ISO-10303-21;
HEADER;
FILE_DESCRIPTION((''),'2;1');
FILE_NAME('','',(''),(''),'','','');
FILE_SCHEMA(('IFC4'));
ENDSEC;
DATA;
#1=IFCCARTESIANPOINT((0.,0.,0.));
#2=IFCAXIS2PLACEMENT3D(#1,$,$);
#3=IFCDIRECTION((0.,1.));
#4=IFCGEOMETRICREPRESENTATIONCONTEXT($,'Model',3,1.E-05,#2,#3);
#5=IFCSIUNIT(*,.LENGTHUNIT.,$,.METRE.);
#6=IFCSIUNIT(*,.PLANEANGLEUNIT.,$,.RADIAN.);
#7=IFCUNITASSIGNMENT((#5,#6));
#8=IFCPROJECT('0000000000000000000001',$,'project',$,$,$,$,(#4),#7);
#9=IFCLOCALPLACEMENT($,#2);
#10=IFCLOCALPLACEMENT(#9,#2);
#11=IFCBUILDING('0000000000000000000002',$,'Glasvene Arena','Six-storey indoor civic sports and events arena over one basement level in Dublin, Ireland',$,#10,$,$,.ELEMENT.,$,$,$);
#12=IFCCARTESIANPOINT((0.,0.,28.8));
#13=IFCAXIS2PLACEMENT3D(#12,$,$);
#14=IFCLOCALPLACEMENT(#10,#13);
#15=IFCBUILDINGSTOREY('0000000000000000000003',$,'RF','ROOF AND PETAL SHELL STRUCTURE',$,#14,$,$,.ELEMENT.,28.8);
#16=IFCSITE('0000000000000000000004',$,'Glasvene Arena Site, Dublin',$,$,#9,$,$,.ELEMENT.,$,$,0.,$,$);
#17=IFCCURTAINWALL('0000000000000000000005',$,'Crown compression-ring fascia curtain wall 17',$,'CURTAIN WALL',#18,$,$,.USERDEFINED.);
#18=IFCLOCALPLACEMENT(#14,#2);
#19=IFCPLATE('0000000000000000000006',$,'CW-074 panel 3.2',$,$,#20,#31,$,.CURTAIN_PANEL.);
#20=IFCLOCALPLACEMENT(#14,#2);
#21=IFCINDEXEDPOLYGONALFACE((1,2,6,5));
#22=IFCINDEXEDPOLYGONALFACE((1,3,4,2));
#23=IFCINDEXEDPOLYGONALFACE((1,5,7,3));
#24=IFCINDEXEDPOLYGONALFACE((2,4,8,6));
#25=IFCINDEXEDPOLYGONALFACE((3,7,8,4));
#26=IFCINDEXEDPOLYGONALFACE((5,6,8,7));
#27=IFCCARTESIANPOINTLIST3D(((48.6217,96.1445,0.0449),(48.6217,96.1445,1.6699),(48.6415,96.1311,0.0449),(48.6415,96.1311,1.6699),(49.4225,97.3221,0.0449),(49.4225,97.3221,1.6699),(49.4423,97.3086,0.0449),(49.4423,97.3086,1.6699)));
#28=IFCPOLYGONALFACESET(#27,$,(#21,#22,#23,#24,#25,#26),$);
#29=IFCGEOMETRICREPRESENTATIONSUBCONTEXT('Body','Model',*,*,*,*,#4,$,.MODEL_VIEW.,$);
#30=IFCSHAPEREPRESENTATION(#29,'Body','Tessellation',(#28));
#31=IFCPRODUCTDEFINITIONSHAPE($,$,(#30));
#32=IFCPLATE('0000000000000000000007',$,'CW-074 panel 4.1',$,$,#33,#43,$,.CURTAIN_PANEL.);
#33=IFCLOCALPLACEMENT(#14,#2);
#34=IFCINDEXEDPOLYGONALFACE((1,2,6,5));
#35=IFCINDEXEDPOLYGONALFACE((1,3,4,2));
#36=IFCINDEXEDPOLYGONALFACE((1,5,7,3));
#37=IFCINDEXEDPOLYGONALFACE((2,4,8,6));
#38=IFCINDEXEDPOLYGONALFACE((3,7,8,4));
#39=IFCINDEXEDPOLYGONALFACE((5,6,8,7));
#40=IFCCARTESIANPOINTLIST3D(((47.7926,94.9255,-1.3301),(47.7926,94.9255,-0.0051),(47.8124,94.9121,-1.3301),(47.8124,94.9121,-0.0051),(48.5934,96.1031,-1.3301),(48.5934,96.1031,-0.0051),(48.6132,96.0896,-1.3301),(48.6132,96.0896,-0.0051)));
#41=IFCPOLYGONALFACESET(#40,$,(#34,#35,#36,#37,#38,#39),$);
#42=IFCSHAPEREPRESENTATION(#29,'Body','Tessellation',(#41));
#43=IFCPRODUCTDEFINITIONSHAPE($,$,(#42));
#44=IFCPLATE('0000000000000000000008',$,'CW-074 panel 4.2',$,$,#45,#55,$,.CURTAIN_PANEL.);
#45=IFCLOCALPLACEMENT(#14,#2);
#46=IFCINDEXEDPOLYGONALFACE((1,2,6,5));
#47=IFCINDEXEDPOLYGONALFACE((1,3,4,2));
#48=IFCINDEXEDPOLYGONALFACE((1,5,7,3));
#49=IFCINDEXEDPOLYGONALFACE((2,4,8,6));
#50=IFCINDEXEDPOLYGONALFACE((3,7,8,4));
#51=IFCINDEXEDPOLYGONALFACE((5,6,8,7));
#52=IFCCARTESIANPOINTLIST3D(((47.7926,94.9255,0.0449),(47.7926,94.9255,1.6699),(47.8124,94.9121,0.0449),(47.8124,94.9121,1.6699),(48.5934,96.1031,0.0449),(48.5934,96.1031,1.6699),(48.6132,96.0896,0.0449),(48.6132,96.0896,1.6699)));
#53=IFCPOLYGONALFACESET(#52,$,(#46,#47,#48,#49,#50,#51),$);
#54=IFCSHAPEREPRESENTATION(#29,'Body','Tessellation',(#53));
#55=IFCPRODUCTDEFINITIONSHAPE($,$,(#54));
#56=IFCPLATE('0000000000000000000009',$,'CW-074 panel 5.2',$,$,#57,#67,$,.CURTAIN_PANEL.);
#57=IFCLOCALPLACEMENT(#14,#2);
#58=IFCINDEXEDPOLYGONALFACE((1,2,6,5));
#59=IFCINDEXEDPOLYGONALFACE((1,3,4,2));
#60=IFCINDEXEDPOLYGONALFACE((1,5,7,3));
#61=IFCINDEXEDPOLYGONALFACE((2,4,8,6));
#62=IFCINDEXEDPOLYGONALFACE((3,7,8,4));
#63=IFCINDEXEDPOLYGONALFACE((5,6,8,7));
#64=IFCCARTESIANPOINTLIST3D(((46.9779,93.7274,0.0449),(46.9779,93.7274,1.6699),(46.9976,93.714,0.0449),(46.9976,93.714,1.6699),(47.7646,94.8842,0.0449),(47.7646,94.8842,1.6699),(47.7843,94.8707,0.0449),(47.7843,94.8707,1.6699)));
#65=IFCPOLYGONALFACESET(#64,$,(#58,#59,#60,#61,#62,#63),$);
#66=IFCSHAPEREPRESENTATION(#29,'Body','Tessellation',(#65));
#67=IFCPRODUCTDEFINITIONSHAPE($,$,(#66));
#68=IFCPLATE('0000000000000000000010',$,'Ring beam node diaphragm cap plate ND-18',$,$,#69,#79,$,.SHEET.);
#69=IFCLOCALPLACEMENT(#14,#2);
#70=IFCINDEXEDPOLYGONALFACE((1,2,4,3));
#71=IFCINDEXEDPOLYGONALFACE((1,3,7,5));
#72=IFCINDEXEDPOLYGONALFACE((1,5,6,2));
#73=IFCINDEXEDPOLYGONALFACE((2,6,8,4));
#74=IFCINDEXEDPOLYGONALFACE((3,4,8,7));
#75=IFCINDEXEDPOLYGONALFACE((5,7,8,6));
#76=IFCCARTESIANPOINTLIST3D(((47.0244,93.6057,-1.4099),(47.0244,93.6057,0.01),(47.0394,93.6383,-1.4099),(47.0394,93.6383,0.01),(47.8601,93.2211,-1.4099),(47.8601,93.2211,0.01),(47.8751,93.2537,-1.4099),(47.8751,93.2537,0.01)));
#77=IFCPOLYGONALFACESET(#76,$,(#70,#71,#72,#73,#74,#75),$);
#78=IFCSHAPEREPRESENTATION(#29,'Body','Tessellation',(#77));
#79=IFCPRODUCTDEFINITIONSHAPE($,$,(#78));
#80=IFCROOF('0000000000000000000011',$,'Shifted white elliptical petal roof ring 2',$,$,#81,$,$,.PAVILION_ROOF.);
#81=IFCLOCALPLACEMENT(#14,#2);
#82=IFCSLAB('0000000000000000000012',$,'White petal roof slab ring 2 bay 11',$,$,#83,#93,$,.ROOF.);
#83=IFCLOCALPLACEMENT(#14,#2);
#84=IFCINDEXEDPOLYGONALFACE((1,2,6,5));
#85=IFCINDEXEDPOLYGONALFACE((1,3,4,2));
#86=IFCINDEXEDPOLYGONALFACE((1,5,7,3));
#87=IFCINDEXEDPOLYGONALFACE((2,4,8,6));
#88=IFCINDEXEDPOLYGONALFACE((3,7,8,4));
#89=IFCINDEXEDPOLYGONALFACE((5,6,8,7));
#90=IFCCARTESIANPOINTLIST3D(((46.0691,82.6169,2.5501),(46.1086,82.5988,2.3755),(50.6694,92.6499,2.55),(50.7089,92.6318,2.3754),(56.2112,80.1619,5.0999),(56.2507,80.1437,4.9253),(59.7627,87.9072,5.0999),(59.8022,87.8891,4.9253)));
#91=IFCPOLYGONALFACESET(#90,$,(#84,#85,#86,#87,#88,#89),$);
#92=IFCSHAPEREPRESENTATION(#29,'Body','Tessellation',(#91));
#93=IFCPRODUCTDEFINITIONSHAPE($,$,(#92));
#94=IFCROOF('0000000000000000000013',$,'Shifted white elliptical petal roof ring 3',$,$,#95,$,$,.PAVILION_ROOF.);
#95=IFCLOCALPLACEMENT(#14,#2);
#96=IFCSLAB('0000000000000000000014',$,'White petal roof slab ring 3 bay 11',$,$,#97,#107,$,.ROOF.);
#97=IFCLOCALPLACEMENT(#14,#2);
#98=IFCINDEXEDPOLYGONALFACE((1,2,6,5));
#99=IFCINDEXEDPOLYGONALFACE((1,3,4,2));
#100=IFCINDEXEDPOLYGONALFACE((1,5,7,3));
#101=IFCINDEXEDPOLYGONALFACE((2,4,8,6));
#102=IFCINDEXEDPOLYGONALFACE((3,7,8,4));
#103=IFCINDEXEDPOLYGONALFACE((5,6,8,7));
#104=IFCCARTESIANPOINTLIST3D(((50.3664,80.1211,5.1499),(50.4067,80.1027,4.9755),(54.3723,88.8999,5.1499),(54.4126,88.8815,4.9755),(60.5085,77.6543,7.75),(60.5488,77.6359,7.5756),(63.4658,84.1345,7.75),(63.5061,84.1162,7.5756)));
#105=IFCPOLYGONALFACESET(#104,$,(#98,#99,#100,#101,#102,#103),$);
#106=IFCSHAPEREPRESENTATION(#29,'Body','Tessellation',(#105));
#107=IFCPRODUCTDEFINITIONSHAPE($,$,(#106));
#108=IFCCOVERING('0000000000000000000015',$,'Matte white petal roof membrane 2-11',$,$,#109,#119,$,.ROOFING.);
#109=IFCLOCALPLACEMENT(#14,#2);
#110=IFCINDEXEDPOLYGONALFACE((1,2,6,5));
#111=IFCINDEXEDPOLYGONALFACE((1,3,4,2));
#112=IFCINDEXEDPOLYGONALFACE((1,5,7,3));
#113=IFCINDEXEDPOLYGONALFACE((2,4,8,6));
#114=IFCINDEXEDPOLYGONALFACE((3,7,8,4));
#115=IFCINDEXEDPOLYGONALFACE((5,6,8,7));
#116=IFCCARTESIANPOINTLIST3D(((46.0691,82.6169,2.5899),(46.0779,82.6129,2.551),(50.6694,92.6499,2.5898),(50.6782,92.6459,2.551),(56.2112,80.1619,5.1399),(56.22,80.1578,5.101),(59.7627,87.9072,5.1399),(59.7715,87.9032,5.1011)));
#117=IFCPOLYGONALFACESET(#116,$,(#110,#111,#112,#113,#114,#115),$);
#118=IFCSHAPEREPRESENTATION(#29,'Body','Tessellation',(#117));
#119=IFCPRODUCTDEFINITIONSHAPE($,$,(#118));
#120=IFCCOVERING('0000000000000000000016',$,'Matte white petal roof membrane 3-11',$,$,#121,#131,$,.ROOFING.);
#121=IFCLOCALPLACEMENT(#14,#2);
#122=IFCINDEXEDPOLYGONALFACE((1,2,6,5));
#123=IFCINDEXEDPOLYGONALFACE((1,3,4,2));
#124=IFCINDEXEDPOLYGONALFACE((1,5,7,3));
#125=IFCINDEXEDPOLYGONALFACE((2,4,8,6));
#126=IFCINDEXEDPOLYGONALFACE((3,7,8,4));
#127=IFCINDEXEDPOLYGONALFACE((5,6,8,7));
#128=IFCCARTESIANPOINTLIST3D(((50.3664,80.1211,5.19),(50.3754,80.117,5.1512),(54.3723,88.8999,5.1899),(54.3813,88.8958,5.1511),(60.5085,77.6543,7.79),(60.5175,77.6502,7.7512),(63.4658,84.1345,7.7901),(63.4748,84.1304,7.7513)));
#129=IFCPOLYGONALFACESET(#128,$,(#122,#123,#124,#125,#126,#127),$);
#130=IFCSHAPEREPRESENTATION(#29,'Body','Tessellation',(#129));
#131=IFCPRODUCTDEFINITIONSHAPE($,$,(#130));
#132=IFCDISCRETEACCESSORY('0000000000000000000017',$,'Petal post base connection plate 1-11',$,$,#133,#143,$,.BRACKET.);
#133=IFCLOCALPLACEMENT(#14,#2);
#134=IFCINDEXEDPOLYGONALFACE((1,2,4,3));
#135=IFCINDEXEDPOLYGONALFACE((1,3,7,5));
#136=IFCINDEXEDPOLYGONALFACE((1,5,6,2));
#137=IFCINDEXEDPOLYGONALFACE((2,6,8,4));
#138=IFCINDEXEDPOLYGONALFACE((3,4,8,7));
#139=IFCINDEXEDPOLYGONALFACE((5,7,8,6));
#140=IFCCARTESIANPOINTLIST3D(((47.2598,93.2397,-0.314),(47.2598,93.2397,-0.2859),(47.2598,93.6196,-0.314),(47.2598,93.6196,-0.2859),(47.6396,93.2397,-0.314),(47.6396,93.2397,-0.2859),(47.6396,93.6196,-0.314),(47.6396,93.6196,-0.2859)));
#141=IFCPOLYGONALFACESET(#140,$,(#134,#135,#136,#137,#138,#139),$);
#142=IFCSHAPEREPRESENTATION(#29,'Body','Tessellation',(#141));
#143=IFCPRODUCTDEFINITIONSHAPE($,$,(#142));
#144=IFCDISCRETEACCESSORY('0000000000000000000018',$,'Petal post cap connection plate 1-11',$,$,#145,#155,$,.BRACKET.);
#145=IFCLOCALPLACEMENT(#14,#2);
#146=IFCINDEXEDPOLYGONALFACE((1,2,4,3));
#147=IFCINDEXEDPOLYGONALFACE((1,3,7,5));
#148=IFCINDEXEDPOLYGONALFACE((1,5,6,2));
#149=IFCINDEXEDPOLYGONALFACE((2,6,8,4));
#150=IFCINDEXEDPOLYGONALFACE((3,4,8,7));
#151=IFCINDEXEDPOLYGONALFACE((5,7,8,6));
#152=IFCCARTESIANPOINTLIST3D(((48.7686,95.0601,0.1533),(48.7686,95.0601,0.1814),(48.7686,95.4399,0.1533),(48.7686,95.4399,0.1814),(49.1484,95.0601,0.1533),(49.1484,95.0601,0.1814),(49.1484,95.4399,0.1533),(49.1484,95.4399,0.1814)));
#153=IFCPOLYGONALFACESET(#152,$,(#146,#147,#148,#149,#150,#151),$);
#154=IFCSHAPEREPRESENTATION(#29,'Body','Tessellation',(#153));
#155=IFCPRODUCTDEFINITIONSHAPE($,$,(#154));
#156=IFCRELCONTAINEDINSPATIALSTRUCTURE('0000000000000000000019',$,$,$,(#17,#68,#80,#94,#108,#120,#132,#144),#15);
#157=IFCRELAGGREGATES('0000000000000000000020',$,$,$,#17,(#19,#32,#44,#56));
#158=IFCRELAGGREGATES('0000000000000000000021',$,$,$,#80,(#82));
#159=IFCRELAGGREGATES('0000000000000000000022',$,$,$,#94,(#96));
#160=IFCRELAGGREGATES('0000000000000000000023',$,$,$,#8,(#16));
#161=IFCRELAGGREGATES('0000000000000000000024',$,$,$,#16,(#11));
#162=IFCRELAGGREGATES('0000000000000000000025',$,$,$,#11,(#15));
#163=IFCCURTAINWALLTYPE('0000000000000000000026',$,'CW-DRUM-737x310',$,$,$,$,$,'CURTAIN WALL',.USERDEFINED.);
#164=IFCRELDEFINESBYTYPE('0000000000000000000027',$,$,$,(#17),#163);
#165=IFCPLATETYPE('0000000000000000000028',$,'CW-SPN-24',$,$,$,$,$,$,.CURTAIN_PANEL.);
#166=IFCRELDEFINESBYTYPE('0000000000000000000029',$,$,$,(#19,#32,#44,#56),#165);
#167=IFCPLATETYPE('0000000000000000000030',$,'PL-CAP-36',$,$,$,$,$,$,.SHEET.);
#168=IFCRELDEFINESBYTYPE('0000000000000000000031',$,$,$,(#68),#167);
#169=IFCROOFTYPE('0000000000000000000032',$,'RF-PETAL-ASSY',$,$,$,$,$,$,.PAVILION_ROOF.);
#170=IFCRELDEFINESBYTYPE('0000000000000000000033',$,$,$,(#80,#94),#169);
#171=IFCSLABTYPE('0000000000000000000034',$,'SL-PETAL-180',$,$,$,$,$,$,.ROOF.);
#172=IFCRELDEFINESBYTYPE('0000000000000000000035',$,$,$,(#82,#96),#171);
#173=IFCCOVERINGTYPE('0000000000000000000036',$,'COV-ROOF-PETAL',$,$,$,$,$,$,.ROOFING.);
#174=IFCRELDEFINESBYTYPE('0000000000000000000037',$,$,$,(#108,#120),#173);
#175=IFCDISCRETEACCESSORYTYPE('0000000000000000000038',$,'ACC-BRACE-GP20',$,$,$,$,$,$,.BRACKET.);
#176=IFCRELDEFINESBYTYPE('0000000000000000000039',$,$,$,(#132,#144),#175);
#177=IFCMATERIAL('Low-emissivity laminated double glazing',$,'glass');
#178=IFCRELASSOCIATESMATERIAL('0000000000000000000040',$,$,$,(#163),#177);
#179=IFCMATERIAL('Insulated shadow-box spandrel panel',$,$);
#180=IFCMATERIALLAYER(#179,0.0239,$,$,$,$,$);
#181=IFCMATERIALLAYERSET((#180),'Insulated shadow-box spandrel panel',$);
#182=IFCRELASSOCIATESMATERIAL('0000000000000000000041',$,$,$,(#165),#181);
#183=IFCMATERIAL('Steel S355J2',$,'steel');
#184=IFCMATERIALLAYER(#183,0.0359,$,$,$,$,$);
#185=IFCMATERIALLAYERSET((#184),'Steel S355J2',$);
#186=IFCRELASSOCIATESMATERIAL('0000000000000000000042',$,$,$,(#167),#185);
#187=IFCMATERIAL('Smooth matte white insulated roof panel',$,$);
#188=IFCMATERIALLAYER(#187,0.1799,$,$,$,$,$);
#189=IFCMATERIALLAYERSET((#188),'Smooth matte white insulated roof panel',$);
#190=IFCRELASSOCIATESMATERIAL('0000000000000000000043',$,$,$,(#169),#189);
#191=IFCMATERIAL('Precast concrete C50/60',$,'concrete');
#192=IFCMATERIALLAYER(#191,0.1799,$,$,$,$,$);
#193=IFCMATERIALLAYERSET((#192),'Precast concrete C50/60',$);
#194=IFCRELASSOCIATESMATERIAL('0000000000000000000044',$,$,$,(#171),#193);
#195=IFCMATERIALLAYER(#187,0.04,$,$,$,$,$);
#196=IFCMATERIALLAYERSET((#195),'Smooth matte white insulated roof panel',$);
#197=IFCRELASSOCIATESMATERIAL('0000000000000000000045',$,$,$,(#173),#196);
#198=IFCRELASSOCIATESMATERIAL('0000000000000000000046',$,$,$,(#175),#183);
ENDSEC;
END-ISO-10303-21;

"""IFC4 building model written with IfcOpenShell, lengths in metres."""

from ifc_helpers import new_model, si_unit, direction, frame, origin, origin_2d, place, context, subcontext, project, spatial, polyline, rectangle, outline, extrude, material, layer, layer_set, type_object, element, aggregate, save


model = new_model("IFC4")

# Units and contexts
model_context = context("Model", 3, precision=1e-05, world=origin(), true_north=direction((0.0, 1.0)))
body_context = subcontext(model_context, "Body", "Model", "MODEL_VIEW")
ifc_project = project(units=[si_unit("LENGTHUNIT", "METRE"), si_unit("PLANEANGLEUNIT", "RADIAN")], contexts=[model_context])

# Site, building, storey
site_placement = place(None, origin())
site = spatial("IfcSite", under=ifc_project, at=site_placement, Name="Glasvene Arena Site, Dublin", CompositionType="ELEMENT", RefElevation=0.0)
building_placement = place(site_placement, origin())
building = spatial("IfcBuilding", under=site, at=building_placement, Name="Glasvene Arena", Description="Six-storey indoor civic sports and events arena over one basement level in Dublin, Ireland", CompositionType="ELEMENT")
storey_placement = place(building_placement, frame((0.0, 0.0, 28.8)))
storey = spatial("IfcBuildingStorey", under=building, at=storey_placement, Name="RF", Description="ROOF AND PETAL SHELL STRUCTURE", CompositionType="ELEMENT", Elevation=28.8)

# Shared definitions
ifc_material_1 = material(Name="Steel S355J2", Category="steel")

# Shared definitions
ifc_material_2 = material(Name="Low-emissivity laminated double glazing", Category="glass")

# Curtain wall
curtain_wall_type_1 = type_object("IfcCurtainWallType", Name="CW-DRUM-737x310", ElementType="CURTAIN WALL", PredefinedType="USERDEFINED", material=ifc_material_2)
curtain_wall_1_placement = place(storey_placement, frame((51.1042, 99.7737, 0.0)))
curtain_wall_1 = element("IfcCurtainWall", 1, at=curtain_wall_1_placement, inside=storey, type_object=curtain_wall_type_1, Name="Crown compression-ring fascia curtain wall 17", ObjectType="CURTAIN WALL", PredefinedType="USERDEFINED")

# Plates
ifc_material_3 = material(Name="Insulated shadow-box spandrel panel")
ifc_layer_1 = layer(ifc_material_3, 0.0239)
ifc_layer_set_1 = layer_set([ifc_layer_1], Name="Insulated shadow-box spandrel panel")
plate_type_1 = type_object("IfcPlateType", Name="CW-SPN-24", PredefinedType="CURTAIN_PANEL", material=ifc_layer_set_1)
plate_1_placement = place(storey_placement, frame((49.032, 96.7266, 0.0449), z_axis=(0.0, 0.0, 1.0), x_axis=(-0.562354, -0.826896, 0.0)))
plate_1 = element("IfcPlate", 2, at=plate_1_placement, type_object=plate_type_1, Name="CW-074 panel 3.2", PredefinedType="CURTAIN_PANEL", context=body_context, shape_type="SweptSolid", body=[
    extrude(rectangle(XDim=1.4241, YDim=0.0239, at=origin_2d()), origin(), (0.0, 0.0, 1.0), 1.625),
])
plate_2_placement = place(storey_placement, frame((48.2029, 95.5076, -1.3301), z_axis=(0.0, 0.0, 1.0), x_axis=(-0.562354, -0.826896, 0.0)))
plate_2 = element("IfcPlate", 3, at=plate_2_placement, type_object=plate_type_1, Name="CW-074 panel 4.1", PredefinedType="CURTAIN_PANEL", context=body_context, shape_type="SweptSolid", body=[
    extrude(rectangle(XDim=1.4241, YDim=0.0239, at=origin_2d()), origin(), (0.0, 0.0, 1.0), 1.325),
])
plate_3_placement = place(storey_placement, frame((48.2029, 95.5076, 0.0449), z_axis=(0.0, 0.0, 1.0), x_axis=(-0.562354, -0.826896, 0.0)))
plate_3 = element("IfcPlate", 4, at=plate_3_placement, type_object=plate_type_1, Name="CW-074 panel 4.2", PredefinedType="CURTAIN_PANEL", context=body_context, shape_type="SweptSolid", body=[
    extrude(rectangle(XDim=1.4241, YDim=0.0239, at=origin_2d()), origin(), (0.0, 0.0, 1.0), 1.625),
])
plate_4_placement = place(storey_placement, frame((47.3811, 94.2991, 0.0449), z_axis=(0.0, 0.0, 1.0), x_axis=(-0.562354, -0.826896, 0.0)))
plate_4 = element("IfcPlate", 5, at=plate_4_placement, type_object=plate_type_1, Name="CW-074 panel 5.2", PredefinedType="CURTAIN_PANEL", context=body_context, shape_type="SweptSolid", body=[
    extrude(rectangle(XDim=1.3989, YDim=0.0239, at=origin_2d()), origin(), (0.0, 0.0, 1.0), 1.625),
])
aggregate(curtain_wall_1, [plate_1, plate_2, plate_3, plate_4])
ifc_layer_2 = layer(ifc_material_1, 0.0359)
ifc_layer_set_2 = layer_set([ifc_layer_2], Name="Steel S355J2")
plate_type_2 = type_object("IfcPlateType", Name="PL-CAP-36", PredefinedType="SHEET", material=ifc_layer_set_2)
plate_5_placement = place(storey_placement, frame((47.4497, 93.4297, -1.4099), z_axis=(0.0, 0.0, 1.0), x_axis=(-0.418026, -0.908435, 0.0)))
element("IfcPlate", 6, at=plate_5_placement, inside=storey, type_object=plate_type_2, Name="Ring beam node diaphragm cap plate ND-18", PredefinedType="SHEET", context=body_context, shape_type="SweptSolid", body=[
    extrude(rectangle(XDim=0.0359, YDim=0.9199, at=origin_2d()), origin(), (0.0, 0.0, 1.0), 1.4199),
])

# Roofs, slabs
ifc_material_4 = material(Name="Smooth matte white insulated roof panel")
ifc_layer_3 = layer(ifc_material_4, 0.1799)
ifc_layer_set_3 = layer_set([ifc_layer_3], Name="Smooth matte white insulated roof panel")
roof_type = type_object("IfcRoofType", Name="RF-PETAL-ASSY", PredefinedType="PAVILION_ROOF", material=ifc_layer_set_3)
roof_1_placement = place(storey_placement, frame((90.55, 71.8501, 2.55)))
roof_1 = element("IfcRoof", 7, at=roof_1_placement, inside=storey, type_object=roof_type, Name="Shifted white elliptical petal roof ring 2", PredefinedType="PAVILION_ROOF")
ifc_material_5 = material(Name="Precast concrete C50/60", Category="concrete")
ifc_layer_4 = layer(ifc_material_5, 0.1799)
ifc_layer_set_4 = layer_set([ifc_layer_4], Name="Precast concrete C50/60")
slab_type = type_object("IfcSlabType", Name="SL-PETAL-180", PredefinedType="ROOF", material=ifc_layer_set_4)
slab_1_placement = place(storey_placement, frame((50.6694, 92.6499, 2.55), z_axis=(-0.219588, 0.100687, 0.970383), x_axis=(-0.416797, -0.908999, 0.000001)))
slab_1 = element("IfcSlab", 8, at=slab_1_placement, type_object=slab_type, Name="White petal roof slab ring 2 bay 11", PredefinedType="ROOF", context=body_context, shape_type="SweptSolid", body=[
    extrude(outline(polyline([(0.0, 0.0), (11.0374, 0.0), (9.0418, 10.555), (0.521, 10.5551), (0.0, 0.0)])), origin(), (0.0, 0.0, -1.0), 0.1799),
])
aggregate(roof_1, [slab_1])
roof_2_placement = place(storey_placement, frame((89.1001, 70.7, 5.1499)))
roof_2 = element("IfcRoof", 9, at=roof_2_placement, inside=storey, type_object=roof_type, Name="Shifted white elliptical petal roof ring 3", PredefinedType="PAVILION_ROOF")
slab_2_placement = place(storey_placement, frame((54.3723, 88.8999, 5.1499), z_axis=(-0.223669, 0.102067, 0.969306), x_axis=(-0.415134, -0.90976, 0.000004)))
slab_2 = element("IfcSlab", 10, at=slab_2_placement, type_object=slab_type, Name="White petal roof slab ring 3 bay 11", PredefinedType="ROOF", context=body_context, shape_type="SweptSolid", body=[
    extrude(outline(polyline([(0.0, 0.0), (9.6496, 0.0), (7.6835, 10.5755), (0.5603, 10.5758), (0.0, 0.0)])), origin(), (0.0, 0.0, -1.0), 0.1799),
])
aggregate(roof_2, [slab_2])

# Coverings
ifc_layer_5 = layer(ifc_material_4, 0.04)
ifc_layer_set_5 = layer_set([ifc_layer_5], Name="Smooth matte white insulated roof panel")
covering_type = type_object("IfcCoveringType", Name="COV-ROOF-PETAL", PredefinedType="ROOFING", material=ifc_layer_set_5)
covering_1_placement = place(storey_placement, frame((50.6694, 92.6499, 2.5898), z_axis=(-0.219608, 0.100696, 0.970378), x_axis=(-0.416797, -0.908999, 0.000001)))
element("IfcCovering", 11, at=covering_1_placement, inside=storey, type_object=covering_type, Name="Matte white petal roof membrane 2-11", PredefinedType="ROOFING", context=body_context, shape_type="SweptSolid", body=[
    extrude(outline(polyline([(0.0, 0.0), (11.0374, 0.0), (9.0418, 10.5551), (0.521, 10.5552), (0.0, 0.0)])), origin(), (0.0, 0.0, -1.0), 0.04),
])
covering_2_placement = place(storey_placement, frame((54.3723, 88.8999, 5.1899), z_axis=(-0.223669, 0.102067, 0.969306), x_axis=(-0.415134, -0.90976, 0.000004)))
element("IfcCovering", 12, at=covering_2_placement, inside=storey, type_object=covering_type, Name="Matte white petal roof membrane 3-11", PredefinedType="ROOFING", context=body_context, shape_type="SweptSolid", body=[
    extrude(outline(polyline([(0.0, 0.0), (9.6496, 0.0), (7.6835, 10.5755), (0.5603, 10.5758), (0.0, 0.0)])), origin(), (0.0, 0.0, -1.0), 0.04),
])

# Discrete accessories
discrete_accessory_type = type_object("IfcDiscreteAccessoryType", Name="ACC-BRACE-GP20", PredefinedType="BRACKET", material=ifc_material_1)
for number, where, z_axis, x_axis, name in (
    (13, (47.4497, 93.4297, -0.314), (0.0, 0.0, 1.0), (1.0, 0.0, 0.0), "Petal post base connection plate 1-11"),
    (14, (48.9585, 95.25, 0.1533), (0.0, 0.0, 1.0), (1.0, 0.0, 0.0), "Petal post cap connection plate 1-11"),
):
    element("IfcDiscreteAccessory", number, at=place(storey_placement, frame(where, z_axis=z_axis, x_axis=x_axis)), inside=storey, type_object=discrete_accessory_type, Name=name, PredefinedType="BRACKET", context=body_context, shape_type="SweptSolid", body=[
        extrude(rectangle(XDim=0.3799, YDim=0.3799, at=origin_2d()), origin(), (0.0, 0.0, 1.0), 0.0281),
    ])

save(model, "model.ifc")
